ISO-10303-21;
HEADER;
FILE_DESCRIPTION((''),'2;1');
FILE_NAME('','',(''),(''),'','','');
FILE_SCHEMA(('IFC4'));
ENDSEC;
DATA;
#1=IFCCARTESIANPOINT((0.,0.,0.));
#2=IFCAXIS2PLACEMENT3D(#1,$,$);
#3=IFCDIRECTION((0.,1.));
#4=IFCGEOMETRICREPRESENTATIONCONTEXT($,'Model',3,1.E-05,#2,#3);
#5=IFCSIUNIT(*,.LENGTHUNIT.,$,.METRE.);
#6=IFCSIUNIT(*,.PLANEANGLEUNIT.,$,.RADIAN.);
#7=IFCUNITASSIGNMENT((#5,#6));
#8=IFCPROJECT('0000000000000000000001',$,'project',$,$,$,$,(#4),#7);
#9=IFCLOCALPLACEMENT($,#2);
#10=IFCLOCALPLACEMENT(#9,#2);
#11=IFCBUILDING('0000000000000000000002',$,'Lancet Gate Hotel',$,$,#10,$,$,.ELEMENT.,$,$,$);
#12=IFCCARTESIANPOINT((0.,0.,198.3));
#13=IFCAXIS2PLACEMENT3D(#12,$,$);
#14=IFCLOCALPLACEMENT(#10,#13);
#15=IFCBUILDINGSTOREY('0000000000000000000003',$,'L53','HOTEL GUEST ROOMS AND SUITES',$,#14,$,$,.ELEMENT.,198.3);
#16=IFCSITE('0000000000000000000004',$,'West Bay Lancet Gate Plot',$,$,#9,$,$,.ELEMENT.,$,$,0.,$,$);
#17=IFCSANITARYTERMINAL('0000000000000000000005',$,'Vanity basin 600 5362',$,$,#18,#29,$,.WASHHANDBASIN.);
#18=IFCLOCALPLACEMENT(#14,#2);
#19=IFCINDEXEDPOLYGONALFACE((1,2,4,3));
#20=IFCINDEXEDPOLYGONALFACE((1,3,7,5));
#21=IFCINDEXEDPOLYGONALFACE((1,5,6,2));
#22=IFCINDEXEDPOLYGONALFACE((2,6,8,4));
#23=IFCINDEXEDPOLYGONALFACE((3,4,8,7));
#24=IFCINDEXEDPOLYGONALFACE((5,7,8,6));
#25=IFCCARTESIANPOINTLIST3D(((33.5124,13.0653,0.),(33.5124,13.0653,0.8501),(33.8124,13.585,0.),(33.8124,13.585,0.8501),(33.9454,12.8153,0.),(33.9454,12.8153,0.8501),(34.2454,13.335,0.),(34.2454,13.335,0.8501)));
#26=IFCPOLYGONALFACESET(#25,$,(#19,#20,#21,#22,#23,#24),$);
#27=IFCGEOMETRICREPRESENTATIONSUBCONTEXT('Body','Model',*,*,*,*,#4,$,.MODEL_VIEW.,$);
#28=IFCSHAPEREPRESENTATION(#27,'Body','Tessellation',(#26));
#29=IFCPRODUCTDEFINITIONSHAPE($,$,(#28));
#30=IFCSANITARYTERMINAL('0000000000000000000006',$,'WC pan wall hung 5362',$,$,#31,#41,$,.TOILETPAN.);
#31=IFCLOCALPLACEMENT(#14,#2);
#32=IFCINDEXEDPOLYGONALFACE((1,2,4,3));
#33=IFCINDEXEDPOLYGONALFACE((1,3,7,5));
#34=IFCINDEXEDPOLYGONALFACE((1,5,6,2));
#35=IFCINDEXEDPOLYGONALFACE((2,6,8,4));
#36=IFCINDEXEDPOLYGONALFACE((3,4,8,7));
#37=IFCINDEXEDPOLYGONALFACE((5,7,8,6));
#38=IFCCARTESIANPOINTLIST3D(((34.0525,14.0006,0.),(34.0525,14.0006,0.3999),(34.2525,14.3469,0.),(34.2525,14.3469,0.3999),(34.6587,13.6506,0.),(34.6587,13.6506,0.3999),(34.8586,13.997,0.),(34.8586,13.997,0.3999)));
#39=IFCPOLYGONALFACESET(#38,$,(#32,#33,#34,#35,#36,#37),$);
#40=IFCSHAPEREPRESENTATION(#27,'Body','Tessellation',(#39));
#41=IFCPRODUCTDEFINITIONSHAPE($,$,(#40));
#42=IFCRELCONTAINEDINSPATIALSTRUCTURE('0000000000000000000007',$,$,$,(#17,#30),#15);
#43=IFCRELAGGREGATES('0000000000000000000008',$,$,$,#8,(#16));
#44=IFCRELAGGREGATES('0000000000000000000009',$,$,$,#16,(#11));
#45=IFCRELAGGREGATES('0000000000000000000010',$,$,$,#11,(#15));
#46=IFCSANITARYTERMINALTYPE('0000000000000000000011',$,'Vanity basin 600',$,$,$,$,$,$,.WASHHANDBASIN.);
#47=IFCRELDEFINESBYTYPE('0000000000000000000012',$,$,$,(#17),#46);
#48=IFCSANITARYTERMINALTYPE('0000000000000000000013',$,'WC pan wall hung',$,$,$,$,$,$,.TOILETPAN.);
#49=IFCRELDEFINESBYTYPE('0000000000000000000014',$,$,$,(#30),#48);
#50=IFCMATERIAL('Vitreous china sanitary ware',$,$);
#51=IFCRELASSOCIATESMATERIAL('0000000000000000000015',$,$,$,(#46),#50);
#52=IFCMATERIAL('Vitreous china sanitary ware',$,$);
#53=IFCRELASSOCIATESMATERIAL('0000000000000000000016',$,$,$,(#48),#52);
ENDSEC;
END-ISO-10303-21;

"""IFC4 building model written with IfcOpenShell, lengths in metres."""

from ifc_helpers import new_model, si_unit, direction, frame, origin, origin_2d, place, context, subcontext, project, spatial, rectangle, extrude, material, type_object, element, save


model = new_model("IFC4")

# Units and contexts
model_context = context("Model", 3, precision=1e-05, world=origin(), true_north=direction((0.0, 1.0)))
body_context = subcontext(model_context, "Body", "Model", "MODEL_VIEW")
ifc_project = project(units=[si_unit("LENGTHUNIT", "METRE"), si_unit("PLANEANGLEUNIT", "RADIAN")], contexts=[model_context])

# Site, building, storey
site_placement = place(None, origin())
site = spatial("IfcSite", under=ifc_project, at=site_placement, Name="West Bay Lancet Gate Plot", CompositionType="ELEMENT", RefElevation=0.0)
building_placement = place(site_placement, origin())
building = spatial("IfcBuilding", under=site, at=building_placement, Name="Lancet Gate Hotel", CompositionType="ELEMENT")
storey_placement = place(building_placement, frame((0.0, 0.0, 198.3)))
storey = spatial("IfcBuildingStorey", under=building, at=storey_placement, Name="L53", Description="HOTEL GUEST ROOMS AND SUITES", CompositionType="ELEMENT", Elevation=198.3)

# Sanitary terminals
ifc_material_1 = material(Name="Vitreous china sanitary ware")
sanitary_terminal_type_1 = type_object("IfcSanitaryTerminalType", Name="Vanity basin 600", PredefinedType="WASHHANDBASIN", material=ifc_material_1)
sanitary_terminal_1_placement = place(storey_placement, frame((33.8789, 13.2002, 0.0), z_axis=(0.0, 0.0, 1.0), x_axis=(0.5, 0.866025, 0.0)))
element("IfcSanitaryTerminal", 1, at=sanitary_terminal_1_placement, inside=storey, type_object=sanitary_terminal_type_1, Name="Vanity basin 600 5362", PredefinedType="WASHHANDBASIN", context=body_context, shape_type="SweptSolid", body=[
    extrude(rectangle(XDim=0.6001, YDim=0.5, at=origin_2d()), origin(), (0.0, 0.0, 1.0), 0.8501),
])
ifc_material_2 = material(Name="Vitreous china sanitary ware")
sanitary_terminal_type_2 = type_object("IfcSanitaryTerminalType", Name="WC pan wall hung", PredefinedType="TOILETPAN", material=ifc_material_2)
sanitary_terminal_2_placement = place(storey_placement, frame((34.4556, 13.9988, 0.0), z_axis=(0.0, 0.0, 1.0), x_axis=(0.5, 0.866025, 0.0)))
element("IfcSanitaryTerminal", 2, at=sanitary_terminal_2_placement, inside=storey, type_object=sanitary_terminal_type_2, Name="WC pan wall hung 5362", PredefinedType="TOILETPAN", context=body_context, shape_type="SweptSolid", body=[
    extrude(rectangle(XDim=0.3999, YDim=0.7, at=origin_2d()), origin(), (0.0, 0.0, 1.0), 0.3999),
])

save(model, "model.ifc")
